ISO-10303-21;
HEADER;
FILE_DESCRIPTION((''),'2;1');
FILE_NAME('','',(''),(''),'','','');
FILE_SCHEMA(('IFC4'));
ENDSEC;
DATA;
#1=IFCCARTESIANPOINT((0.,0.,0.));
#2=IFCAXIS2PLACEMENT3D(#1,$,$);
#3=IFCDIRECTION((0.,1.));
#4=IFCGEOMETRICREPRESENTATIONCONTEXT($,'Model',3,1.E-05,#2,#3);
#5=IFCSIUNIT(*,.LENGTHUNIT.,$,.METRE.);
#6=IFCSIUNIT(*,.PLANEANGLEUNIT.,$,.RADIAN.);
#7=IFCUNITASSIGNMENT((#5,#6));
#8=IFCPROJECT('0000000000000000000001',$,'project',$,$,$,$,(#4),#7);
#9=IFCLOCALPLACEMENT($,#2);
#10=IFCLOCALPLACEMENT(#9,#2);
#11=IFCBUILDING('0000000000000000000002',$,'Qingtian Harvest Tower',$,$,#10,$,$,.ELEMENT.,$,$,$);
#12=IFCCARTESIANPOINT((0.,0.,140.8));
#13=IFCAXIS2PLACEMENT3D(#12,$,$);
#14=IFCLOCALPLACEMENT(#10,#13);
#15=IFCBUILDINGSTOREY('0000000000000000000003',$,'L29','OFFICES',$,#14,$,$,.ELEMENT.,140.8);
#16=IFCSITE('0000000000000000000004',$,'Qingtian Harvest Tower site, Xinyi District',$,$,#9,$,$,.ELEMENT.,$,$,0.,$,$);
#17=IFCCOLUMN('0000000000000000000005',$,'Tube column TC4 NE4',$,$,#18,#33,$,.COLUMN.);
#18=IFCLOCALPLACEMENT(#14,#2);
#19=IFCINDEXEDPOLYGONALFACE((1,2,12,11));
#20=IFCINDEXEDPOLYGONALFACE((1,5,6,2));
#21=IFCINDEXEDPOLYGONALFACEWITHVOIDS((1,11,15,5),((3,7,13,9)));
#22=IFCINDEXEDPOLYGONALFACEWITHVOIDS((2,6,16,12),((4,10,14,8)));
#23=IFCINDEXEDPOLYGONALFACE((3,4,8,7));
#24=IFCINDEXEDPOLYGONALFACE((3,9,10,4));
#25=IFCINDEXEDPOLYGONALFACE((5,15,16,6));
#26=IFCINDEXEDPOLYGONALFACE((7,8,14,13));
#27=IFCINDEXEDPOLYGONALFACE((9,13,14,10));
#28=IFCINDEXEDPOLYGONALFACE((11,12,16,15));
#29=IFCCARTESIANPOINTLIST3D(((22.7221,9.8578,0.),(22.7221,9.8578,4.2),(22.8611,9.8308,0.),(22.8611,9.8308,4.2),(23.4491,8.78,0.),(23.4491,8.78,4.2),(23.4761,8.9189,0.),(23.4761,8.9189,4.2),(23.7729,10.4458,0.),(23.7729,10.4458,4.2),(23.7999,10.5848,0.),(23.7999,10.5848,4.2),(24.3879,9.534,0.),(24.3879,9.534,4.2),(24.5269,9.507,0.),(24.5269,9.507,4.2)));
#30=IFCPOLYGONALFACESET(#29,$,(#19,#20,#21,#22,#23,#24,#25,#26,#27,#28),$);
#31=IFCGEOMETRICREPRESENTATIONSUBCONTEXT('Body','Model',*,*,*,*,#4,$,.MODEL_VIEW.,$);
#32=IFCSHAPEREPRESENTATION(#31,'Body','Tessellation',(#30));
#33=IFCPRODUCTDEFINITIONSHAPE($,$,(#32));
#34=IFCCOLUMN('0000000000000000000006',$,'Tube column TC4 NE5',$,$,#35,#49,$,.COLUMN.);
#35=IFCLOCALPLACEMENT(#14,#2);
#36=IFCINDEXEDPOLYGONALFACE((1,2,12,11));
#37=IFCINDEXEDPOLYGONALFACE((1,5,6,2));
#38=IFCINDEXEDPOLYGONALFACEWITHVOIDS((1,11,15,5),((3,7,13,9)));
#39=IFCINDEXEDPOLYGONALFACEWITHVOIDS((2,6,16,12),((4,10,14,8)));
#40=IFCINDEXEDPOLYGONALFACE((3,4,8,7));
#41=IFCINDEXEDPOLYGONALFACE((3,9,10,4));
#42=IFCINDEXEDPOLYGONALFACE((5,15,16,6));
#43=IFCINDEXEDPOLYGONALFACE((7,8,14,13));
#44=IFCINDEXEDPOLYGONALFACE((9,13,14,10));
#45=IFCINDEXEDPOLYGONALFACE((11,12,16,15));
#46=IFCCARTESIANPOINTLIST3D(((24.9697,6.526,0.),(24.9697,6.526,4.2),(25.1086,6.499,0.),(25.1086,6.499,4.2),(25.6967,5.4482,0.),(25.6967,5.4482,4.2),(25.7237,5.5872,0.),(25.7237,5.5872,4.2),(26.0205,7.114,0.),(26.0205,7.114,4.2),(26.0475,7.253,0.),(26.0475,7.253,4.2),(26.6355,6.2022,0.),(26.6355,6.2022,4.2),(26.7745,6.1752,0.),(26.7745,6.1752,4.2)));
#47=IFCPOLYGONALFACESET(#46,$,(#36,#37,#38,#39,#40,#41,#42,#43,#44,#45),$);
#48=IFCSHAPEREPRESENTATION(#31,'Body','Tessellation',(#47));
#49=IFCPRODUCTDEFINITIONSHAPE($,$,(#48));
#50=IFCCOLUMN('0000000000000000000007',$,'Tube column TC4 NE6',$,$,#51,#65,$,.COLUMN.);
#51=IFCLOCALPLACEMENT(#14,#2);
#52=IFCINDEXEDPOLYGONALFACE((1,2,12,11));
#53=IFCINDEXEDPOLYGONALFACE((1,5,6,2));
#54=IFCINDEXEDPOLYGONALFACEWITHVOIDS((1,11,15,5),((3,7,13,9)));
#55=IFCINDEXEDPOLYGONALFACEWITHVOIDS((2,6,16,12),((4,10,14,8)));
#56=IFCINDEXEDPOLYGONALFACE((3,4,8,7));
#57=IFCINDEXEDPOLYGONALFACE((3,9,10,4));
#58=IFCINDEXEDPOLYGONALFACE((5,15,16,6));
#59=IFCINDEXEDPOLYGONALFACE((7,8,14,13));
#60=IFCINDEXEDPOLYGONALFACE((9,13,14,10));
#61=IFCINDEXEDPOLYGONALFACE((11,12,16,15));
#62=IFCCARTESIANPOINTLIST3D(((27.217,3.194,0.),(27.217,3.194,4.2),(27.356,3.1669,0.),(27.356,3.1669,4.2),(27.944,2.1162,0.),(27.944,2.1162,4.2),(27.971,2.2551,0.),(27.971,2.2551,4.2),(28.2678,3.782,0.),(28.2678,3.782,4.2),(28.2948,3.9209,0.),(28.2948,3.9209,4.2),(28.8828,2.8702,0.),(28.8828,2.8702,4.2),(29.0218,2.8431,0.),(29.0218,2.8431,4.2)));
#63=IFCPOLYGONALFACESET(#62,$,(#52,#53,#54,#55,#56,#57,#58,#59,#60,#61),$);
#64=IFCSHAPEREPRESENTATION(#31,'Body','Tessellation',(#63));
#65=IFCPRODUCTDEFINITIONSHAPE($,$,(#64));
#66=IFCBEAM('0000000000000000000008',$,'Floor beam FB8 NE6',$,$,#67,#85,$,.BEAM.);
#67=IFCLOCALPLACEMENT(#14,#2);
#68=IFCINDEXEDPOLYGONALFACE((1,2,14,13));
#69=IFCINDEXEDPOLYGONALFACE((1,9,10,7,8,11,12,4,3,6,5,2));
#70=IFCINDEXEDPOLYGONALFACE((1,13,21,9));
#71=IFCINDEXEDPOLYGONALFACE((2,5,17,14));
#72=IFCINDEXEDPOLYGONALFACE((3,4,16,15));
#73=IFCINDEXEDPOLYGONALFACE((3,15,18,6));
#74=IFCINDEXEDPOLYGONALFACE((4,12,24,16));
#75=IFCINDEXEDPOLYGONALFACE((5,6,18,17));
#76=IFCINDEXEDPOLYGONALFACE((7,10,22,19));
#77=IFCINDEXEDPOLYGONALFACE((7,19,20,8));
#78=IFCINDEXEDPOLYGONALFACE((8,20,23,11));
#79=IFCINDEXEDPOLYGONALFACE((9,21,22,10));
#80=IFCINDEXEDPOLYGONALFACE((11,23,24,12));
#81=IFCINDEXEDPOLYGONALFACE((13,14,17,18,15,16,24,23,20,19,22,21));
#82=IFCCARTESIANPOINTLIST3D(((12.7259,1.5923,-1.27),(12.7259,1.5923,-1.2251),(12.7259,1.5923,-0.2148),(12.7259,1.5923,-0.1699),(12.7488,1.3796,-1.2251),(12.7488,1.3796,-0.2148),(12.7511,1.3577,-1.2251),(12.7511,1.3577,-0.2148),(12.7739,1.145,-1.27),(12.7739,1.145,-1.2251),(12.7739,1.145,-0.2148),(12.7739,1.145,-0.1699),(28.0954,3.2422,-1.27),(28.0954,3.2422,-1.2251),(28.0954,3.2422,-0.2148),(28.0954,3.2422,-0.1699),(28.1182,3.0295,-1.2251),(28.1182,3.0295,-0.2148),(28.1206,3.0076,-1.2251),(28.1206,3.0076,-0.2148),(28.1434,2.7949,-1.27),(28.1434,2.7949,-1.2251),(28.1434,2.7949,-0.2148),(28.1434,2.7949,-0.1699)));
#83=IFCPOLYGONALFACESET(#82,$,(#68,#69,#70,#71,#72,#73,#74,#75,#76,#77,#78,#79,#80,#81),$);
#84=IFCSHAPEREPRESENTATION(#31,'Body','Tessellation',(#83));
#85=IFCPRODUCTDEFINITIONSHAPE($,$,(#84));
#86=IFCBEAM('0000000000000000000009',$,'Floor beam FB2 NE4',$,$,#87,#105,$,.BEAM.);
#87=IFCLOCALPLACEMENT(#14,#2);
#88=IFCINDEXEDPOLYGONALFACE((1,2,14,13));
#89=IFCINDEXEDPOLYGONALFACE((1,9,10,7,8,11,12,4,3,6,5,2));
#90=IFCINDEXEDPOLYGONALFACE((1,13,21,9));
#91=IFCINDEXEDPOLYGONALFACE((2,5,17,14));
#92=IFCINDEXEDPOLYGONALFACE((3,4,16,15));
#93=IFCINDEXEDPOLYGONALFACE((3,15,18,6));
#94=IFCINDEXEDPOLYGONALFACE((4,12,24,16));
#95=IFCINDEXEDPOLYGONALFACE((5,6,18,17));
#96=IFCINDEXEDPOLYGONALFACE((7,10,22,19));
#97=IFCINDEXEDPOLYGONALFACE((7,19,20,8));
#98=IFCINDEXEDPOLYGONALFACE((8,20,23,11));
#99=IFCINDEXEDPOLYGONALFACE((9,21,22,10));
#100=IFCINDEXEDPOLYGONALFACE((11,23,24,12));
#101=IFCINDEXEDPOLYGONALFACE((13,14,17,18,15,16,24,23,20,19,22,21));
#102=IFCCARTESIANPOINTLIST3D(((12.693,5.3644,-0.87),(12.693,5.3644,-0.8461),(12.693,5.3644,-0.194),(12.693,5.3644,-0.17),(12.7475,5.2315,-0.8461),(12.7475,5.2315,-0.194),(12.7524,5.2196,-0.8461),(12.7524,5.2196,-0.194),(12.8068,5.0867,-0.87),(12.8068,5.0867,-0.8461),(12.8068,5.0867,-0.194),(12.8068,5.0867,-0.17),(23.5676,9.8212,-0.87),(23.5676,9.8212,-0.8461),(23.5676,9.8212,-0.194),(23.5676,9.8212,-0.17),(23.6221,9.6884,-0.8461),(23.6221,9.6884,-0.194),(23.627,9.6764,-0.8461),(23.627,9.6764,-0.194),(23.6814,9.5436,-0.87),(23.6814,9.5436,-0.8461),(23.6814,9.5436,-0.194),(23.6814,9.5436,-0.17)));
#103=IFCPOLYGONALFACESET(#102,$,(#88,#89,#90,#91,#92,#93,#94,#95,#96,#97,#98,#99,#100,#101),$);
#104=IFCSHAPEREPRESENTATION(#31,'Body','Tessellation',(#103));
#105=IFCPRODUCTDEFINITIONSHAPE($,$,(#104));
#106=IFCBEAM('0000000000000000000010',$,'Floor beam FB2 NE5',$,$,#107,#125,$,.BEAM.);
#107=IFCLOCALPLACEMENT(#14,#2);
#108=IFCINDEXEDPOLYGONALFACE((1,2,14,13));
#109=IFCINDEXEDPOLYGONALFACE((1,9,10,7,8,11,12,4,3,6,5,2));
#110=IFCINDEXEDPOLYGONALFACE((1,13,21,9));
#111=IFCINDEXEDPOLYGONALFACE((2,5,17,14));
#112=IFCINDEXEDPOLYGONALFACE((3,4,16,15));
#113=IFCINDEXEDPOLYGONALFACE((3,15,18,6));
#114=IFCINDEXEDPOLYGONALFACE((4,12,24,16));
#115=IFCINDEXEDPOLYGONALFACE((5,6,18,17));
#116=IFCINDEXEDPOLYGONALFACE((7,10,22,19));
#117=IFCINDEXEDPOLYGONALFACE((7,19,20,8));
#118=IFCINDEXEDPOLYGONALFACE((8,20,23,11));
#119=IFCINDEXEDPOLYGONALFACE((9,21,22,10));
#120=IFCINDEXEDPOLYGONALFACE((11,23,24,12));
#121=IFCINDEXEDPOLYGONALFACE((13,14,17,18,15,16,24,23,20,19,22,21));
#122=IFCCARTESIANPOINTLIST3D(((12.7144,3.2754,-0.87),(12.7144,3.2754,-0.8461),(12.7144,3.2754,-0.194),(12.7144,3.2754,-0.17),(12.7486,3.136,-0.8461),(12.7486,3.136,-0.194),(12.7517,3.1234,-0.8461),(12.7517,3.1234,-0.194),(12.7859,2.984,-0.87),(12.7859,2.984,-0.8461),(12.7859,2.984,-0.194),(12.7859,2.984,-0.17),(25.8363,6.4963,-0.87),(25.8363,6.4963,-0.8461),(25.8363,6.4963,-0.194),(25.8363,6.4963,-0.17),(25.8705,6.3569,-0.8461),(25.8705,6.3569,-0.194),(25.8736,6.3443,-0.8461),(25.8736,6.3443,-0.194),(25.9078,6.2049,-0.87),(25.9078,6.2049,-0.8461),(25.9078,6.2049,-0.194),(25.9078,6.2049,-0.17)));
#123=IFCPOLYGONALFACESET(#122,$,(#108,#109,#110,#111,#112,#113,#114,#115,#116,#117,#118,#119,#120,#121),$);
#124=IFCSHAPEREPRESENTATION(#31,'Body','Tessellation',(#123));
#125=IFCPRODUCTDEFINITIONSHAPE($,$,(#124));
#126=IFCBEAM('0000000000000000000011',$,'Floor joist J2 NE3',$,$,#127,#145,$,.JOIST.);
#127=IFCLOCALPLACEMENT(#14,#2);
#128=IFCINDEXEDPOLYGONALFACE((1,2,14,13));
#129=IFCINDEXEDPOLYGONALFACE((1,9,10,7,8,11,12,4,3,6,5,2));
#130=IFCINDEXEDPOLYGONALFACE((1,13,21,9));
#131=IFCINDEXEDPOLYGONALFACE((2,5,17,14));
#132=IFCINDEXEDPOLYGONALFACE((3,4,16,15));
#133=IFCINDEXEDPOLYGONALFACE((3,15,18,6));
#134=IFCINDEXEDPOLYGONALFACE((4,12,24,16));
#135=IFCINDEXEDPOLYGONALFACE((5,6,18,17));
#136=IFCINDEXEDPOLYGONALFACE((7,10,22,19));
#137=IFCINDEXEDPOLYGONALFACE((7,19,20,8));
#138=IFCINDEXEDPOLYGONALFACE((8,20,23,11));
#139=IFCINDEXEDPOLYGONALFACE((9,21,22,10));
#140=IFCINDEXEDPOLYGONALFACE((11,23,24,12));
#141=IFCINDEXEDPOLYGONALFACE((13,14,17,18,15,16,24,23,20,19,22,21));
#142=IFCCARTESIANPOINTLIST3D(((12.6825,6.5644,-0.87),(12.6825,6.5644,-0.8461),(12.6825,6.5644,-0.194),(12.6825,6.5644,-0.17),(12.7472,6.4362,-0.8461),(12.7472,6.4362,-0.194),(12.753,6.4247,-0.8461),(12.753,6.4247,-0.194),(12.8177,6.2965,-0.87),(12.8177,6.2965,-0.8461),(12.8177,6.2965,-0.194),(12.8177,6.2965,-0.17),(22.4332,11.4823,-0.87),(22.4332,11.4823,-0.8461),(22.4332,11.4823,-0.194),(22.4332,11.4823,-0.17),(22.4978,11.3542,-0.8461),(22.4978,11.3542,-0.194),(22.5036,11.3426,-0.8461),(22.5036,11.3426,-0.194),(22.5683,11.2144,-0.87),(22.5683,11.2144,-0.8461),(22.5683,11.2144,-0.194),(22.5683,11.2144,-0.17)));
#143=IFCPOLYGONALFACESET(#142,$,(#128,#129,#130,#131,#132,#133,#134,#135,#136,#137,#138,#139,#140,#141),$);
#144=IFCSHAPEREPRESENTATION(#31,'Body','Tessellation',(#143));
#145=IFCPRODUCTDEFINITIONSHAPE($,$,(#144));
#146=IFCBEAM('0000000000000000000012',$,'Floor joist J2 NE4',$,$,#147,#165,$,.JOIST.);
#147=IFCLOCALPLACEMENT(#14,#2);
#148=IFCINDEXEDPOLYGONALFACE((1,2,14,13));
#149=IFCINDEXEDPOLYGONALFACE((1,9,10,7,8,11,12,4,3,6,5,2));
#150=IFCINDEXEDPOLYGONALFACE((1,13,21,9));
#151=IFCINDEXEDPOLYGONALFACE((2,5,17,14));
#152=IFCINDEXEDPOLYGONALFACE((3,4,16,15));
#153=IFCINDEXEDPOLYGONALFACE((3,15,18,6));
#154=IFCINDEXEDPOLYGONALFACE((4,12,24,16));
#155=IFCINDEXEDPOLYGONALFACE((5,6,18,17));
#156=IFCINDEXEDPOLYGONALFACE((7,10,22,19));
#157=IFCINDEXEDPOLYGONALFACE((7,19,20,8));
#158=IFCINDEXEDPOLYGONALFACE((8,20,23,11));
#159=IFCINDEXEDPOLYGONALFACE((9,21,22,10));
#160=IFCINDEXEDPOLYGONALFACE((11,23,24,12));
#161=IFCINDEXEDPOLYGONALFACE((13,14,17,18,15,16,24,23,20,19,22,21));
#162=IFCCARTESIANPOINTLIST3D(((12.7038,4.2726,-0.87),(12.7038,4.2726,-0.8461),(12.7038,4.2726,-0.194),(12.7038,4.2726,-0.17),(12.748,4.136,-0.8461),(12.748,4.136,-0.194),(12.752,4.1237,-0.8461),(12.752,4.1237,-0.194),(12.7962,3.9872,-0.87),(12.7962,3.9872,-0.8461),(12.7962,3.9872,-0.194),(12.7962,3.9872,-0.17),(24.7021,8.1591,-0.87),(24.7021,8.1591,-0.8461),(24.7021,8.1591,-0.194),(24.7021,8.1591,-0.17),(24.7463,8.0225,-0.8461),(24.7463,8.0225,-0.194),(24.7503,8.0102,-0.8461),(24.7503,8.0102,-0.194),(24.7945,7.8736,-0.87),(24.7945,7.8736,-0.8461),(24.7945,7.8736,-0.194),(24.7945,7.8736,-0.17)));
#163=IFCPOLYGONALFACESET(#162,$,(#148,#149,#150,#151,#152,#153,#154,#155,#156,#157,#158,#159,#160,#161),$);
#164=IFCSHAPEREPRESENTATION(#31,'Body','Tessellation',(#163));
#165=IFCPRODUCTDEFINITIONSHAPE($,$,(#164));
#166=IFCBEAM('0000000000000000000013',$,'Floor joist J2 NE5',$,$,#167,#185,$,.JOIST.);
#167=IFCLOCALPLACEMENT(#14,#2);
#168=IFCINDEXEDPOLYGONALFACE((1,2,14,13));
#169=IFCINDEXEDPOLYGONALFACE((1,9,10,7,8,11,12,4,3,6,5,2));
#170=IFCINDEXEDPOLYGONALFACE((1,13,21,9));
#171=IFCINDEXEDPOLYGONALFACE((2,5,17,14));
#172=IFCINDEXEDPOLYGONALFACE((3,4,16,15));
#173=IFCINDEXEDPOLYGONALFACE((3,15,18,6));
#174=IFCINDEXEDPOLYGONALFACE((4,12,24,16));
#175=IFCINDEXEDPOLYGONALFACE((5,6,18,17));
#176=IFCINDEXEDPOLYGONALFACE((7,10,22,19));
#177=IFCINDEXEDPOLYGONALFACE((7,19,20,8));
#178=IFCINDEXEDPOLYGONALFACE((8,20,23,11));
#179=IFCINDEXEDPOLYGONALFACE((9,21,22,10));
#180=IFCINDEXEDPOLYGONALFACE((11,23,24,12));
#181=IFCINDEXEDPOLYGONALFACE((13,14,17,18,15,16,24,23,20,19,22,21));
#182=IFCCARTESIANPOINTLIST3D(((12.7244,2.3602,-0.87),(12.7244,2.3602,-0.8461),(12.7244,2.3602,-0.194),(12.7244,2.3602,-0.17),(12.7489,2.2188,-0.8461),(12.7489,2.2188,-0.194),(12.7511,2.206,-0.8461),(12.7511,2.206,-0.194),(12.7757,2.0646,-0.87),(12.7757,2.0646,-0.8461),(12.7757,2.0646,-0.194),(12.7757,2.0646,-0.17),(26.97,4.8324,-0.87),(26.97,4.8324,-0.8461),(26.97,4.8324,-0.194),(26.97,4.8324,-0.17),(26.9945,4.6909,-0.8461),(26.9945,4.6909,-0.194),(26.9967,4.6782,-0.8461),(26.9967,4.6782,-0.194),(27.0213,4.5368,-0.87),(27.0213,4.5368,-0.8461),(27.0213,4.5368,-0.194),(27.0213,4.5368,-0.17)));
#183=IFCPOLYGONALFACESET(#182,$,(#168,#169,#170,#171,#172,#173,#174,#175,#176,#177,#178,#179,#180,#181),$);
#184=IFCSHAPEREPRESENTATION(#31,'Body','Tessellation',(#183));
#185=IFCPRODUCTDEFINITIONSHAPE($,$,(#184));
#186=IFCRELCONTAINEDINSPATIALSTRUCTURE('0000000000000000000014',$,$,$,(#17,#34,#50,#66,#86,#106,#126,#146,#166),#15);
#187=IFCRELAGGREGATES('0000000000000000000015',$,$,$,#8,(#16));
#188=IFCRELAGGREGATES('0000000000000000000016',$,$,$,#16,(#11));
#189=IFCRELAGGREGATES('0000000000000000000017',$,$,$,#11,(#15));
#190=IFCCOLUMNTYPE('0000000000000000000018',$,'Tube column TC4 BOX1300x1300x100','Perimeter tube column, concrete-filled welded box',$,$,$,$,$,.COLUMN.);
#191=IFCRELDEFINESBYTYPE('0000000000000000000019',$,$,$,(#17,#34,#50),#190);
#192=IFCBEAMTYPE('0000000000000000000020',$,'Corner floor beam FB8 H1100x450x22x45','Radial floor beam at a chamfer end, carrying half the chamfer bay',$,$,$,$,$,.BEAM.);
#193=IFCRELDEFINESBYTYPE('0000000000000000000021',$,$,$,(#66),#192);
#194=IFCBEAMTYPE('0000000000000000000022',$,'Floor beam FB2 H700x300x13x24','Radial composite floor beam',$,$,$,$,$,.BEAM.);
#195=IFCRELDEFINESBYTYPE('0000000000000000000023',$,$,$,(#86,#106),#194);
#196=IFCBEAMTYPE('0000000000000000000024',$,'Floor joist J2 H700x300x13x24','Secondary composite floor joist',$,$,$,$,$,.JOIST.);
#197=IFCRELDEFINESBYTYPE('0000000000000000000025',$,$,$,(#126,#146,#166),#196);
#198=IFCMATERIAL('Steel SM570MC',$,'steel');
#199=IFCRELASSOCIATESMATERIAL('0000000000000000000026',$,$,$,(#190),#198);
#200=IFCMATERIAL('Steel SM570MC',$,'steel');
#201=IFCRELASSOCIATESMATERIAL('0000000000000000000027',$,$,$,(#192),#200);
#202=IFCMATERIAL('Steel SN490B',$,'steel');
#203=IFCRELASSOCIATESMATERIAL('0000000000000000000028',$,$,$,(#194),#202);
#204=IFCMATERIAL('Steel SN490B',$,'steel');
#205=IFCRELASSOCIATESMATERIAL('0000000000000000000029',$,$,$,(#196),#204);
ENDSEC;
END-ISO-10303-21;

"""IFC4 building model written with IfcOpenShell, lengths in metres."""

from ifc_helpers import new_model, si_unit, direction, frame, origin, origin_2d, place, context, subcontext, project, spatial, hollow_rectangle, i_section, extrude, material, material_profile, profile_set, type_object, element, save


model = new_model("IFC4")

# Units and contexts
model_context = context("Model", 3, precision=1e-05, world=origin(), true_north=direction((0.0, 1.0)))
body_context = subcontext(model_context, "Body", "Model", "MODEL_VIEW")
ifc_project = project(units=[si_unit("LENGTHUNIT", "METRE"), si_unit("PLANEANGLEUNIT", "RADIAN")], contexts=[model_context])

# Site, building, storey
site_placement = place(None, origin())
site = spatial("IfcSite", under=ifc_project, at=site_placement, Name="Qingtian Harvest Tower site, Xinyi District", CompositionType="ELEMENT", RefElevation=0.0)
building_placement = place(site_placement, origin())
building = spatial("IfcBuilding", under=site, at=building_placement, Name="Qingtian Harvest Tower", CompositionType="ELEMENT")
storey_placement = place(building_placement, frame((0.0, 0.0, 140.8)))
storey = spatial("IfcBuildingStorey", under=building, at=storey_placement, Name="L29", Description="OFFICES", CompositionType="ELEMENT", Elevation=140.8)

# Columns
ifc_material_1 = material(Name="Steel SM570MC", Category="steel")
ifc_material_profile_1 = material_profile(ifc_material_1, hollow_rectangle(XDim=1.3, YDim=1.3, WallThickness=0.1001, at=origin_2d()), Name="BOX1300x1300x100")
ifc_profile_set_1 = profile_set([ifc_material_profile_1], Name="Steel SM570MC")
column_type = type_object("IfcColumnType", Name="Tube column TC4 BOX1300x1300x100", Description="Perimeter tube column, concrete-filled welded box", PredefinedType="COLUMN", material=ifc_profile_set_1)
for number, where, z_axis, x_axis, name in (
    (1, (23.6245, 9.6824, 0.0), (0.0, 0.0, 1.0), (-0.559193, 0.829038, 0.0), "Tube column TC4 NE4"),
    (2, (25.8721, 6.3506, 0.0), (0.0, 0.0, 1.0), (-0.559193, 0.829038, 0.0), "Tube column TC4 NE5"),
    (3, (28.1194, 3.0186, 0.0), (0.0, 0.0, 1.0), (-0.559193, 0.829038, 0.0), "Tube column TC4 NE6"),
):
    element("IfcColumn", number, at=place(storey_placement, frame(where, z_axis=z_axis, x_axis=x_axis)), inside=storey, type_object=column_type, Name=name, PredefinedType="COLUMN", context=body_context, shape_type="SweptSolid", body=[
        extrude(hollow_rectangle(XDim=1.3, YDim=1.3, WallThickness=0.1001, at=origin_2d()), origin(), (0.0, 0.0, 1.0), 4.2),
    ])

# Beams
ifc_material_2 = material(Name="Steel SM570MC", Category="steel")
ifc_material_profile_2 = material_profile(ifc_material_2, i_section(OverallWidth=0.45, OverallDepth=1.1001, WebThickness=0.022, FlangeThickness=0.0449, at=origin_2d()), Name="H1100x450x22x45")
ifc_profile_set_2 = profile_set([ifc_material_profile_2], Name="Steel SM570MC")
beam_type_1 = type_object("IfcBeamType", Name="Corner floor beam FB8 H1100x450x22x45", Description="Radial floor beam at a chamfer end, carrying half the chamfer bay", PredefinedType="BEAM", material=ifc_profile_set_2)
beam_1_placement = place(storey_placement, frame((28.1194, 3.0186, -0.72), z_axis=(-0.994287, -0.106737, 0.0), x_axis=(0.106737, -0.994287, 0.0)))
element("IfcBeam", 4, at=beam_1_placement, inside=storey, type_object=beam_type_1, Name="Floor beam FB8 NE6", PredefinedType="BEAM", context=body_context, shape_type="SweptSolid", body=[
    extrude(i_section(OverallWidth=0.45, OverallDepth=1.1001, WebThickness=0.022, FlangeThickness=0.0449, at=origin_2d()), origin(), (0.0, 0.0, 1.0), 15.4578),
])
ifc_material_3 = material(Name="Steel SN490B", Category="steel")
ifc_material_profile_3 = material_profile(ifc_material_3, i_section(OverallWidth=0.3, OverallDepth=0.7, WebThickness=0.0129, FlangeThickness=0.0239, at=origin_2d()), Name="H700x300x13x24")
ifc_profile_set_3 = profile_set([ifc_material_profile_3], Name="Steel SN490B")
beam_type_2 = type_object("IfcBeamType", Name="Floor beam FB2 H700x300x13x24", Description="Radial composite floor beam", PredefinedType="BEAM", material=ifc_profile_set_3)
beam_2_placement = place(storey_placement, frame((23.6245, 9.6824, -0.52), z_axis=(-0.925305, -0.379225, 0.0), x_axis=(0.379225, -0.925305, 0.0)))
element("IfcBeam", 5, at=beam_2_placement, inside=storey, type_object=beam_type_2, Name="Floor beam FB2 NE4", PredefinedType="BEAM", context=body_context, shape_type="SweptSolid", body=[
    extrude(i_section(OverallWidth=0.3, OverallDepth=0.7, WebThickness=0.0129, FlangeThickness=0.0239, at=origin_2d()), origin(), (0.0, 0.0, 1.0), 11.7524),
])
beam_3_placement = place(storey_placement, frame((25.8721, 6.3506, -0.52), z_axis=(-0.971171, -0.238384, 0.0), x_axis=(0.238384, -0.971171, 0.0)))
element("IfcBeam", 6, at=beam_3_placement, inside=storey, type_object=beam_type_2, Name="Floor beam FB2 NE5", PredefinedType="BEAM", context=body_context, shape_type="SweptSolid", body=[
    extrude(i_section(OverallWidth=0.3, OverallDepth=0.7, WebThickness=0.0129, FlangeThickness=0.0239, at=origin_2d()), origin(), (0.0, 0.0, 1.0), 13.5115),
])
ifc_material_4 = material(Name="Steel SN490B", Category="steel")
ifc_material_profile_4 = material_profile(ifc_material_4, i_section(OverallWidth=0.3, OverallDepth=0.7, WebThickness=0.0129, FlangeThickness=0.0239, at=origin_2d()), Name="H700x300x13x24")
ifc_profile_set_4 = profile_set([ifc_material_profile_4], Name="Steel SN490B")
beam_type_3 = type_object("IfcBeamType", Name="Floor joist J2 H700x300x13x24", Description="Secondary composite floor joist", PredefinedType="JOIST", material=ifc_profile_set_4)
beam_4_placement = place(storey_placement, frame((22.5007, 11.3484, -0.52), z_axis=(-0.892861, -0.450332, 0.0), x_axis=(0.450332, -0.892861, 0.0)))
element("IfcBeam", 7, at=beam_4_placement, inside=storey, type_object=beam_type_3, Name="Floor joist J2 NE3", PredefinedType="JOIST", context=body_context, shape_type="SweptSolid", body=[
    extrude(i_section(OverallWidth=0.3, OverallDepth=0.7, WebThickness=0.0129, FlangeThickness=0.0239, at=origin_2d()), origin(), (0.0, 0.0, 1.0), 10.9207),
])
beam_5_placement = place(storey_placement, frame((24.7483, 8.0164, -0.52), z_axis=(-0.951336, -0.308156, 0.0), x_axis=(0.308156, -0.951336, 0.0)))
element("IfcBeam", 8, at=beam_5_placement, inside=storey, type_object=beam_type_3, Name="Floor joist J2 NE4", PredefinedType="JOIST", context=body_context, shape_type="SweptSolid", body=[
    extrude(i_section(OverallWidth=0.3, OverallDepth=0.7, WebThickness=0.0129, FlangeThickness=0.0239, at=origin_2d()), origin(), (0.0, 0.0, 1.0), 12.6121),
])
beam_6_placement = place(storey_placement, frame((26.9956, 4.6846, -0.52), z_axis=(-0.985274, -0.170983, 0.0), x_axis=(0.170983, -0.985274, 0.0)))
element("IfcBeam", 9, at=beam_6_placement, inside=storey, type_object=beam_type_3, Name="Floor joist J2 NE5", PredefinedType="JOIST", context=body_context, shape_type="SweptSolid", body=[
    extrude(i_section(OverallWidth=0.3, OverallDepth=0.7, WebThickness=0.0129, FlangeThickness=0.0239, at=origin_2d()), origin(), (0.0, 0.0, 1.0), 14.4585),
])

save(model, "model.ifc")
